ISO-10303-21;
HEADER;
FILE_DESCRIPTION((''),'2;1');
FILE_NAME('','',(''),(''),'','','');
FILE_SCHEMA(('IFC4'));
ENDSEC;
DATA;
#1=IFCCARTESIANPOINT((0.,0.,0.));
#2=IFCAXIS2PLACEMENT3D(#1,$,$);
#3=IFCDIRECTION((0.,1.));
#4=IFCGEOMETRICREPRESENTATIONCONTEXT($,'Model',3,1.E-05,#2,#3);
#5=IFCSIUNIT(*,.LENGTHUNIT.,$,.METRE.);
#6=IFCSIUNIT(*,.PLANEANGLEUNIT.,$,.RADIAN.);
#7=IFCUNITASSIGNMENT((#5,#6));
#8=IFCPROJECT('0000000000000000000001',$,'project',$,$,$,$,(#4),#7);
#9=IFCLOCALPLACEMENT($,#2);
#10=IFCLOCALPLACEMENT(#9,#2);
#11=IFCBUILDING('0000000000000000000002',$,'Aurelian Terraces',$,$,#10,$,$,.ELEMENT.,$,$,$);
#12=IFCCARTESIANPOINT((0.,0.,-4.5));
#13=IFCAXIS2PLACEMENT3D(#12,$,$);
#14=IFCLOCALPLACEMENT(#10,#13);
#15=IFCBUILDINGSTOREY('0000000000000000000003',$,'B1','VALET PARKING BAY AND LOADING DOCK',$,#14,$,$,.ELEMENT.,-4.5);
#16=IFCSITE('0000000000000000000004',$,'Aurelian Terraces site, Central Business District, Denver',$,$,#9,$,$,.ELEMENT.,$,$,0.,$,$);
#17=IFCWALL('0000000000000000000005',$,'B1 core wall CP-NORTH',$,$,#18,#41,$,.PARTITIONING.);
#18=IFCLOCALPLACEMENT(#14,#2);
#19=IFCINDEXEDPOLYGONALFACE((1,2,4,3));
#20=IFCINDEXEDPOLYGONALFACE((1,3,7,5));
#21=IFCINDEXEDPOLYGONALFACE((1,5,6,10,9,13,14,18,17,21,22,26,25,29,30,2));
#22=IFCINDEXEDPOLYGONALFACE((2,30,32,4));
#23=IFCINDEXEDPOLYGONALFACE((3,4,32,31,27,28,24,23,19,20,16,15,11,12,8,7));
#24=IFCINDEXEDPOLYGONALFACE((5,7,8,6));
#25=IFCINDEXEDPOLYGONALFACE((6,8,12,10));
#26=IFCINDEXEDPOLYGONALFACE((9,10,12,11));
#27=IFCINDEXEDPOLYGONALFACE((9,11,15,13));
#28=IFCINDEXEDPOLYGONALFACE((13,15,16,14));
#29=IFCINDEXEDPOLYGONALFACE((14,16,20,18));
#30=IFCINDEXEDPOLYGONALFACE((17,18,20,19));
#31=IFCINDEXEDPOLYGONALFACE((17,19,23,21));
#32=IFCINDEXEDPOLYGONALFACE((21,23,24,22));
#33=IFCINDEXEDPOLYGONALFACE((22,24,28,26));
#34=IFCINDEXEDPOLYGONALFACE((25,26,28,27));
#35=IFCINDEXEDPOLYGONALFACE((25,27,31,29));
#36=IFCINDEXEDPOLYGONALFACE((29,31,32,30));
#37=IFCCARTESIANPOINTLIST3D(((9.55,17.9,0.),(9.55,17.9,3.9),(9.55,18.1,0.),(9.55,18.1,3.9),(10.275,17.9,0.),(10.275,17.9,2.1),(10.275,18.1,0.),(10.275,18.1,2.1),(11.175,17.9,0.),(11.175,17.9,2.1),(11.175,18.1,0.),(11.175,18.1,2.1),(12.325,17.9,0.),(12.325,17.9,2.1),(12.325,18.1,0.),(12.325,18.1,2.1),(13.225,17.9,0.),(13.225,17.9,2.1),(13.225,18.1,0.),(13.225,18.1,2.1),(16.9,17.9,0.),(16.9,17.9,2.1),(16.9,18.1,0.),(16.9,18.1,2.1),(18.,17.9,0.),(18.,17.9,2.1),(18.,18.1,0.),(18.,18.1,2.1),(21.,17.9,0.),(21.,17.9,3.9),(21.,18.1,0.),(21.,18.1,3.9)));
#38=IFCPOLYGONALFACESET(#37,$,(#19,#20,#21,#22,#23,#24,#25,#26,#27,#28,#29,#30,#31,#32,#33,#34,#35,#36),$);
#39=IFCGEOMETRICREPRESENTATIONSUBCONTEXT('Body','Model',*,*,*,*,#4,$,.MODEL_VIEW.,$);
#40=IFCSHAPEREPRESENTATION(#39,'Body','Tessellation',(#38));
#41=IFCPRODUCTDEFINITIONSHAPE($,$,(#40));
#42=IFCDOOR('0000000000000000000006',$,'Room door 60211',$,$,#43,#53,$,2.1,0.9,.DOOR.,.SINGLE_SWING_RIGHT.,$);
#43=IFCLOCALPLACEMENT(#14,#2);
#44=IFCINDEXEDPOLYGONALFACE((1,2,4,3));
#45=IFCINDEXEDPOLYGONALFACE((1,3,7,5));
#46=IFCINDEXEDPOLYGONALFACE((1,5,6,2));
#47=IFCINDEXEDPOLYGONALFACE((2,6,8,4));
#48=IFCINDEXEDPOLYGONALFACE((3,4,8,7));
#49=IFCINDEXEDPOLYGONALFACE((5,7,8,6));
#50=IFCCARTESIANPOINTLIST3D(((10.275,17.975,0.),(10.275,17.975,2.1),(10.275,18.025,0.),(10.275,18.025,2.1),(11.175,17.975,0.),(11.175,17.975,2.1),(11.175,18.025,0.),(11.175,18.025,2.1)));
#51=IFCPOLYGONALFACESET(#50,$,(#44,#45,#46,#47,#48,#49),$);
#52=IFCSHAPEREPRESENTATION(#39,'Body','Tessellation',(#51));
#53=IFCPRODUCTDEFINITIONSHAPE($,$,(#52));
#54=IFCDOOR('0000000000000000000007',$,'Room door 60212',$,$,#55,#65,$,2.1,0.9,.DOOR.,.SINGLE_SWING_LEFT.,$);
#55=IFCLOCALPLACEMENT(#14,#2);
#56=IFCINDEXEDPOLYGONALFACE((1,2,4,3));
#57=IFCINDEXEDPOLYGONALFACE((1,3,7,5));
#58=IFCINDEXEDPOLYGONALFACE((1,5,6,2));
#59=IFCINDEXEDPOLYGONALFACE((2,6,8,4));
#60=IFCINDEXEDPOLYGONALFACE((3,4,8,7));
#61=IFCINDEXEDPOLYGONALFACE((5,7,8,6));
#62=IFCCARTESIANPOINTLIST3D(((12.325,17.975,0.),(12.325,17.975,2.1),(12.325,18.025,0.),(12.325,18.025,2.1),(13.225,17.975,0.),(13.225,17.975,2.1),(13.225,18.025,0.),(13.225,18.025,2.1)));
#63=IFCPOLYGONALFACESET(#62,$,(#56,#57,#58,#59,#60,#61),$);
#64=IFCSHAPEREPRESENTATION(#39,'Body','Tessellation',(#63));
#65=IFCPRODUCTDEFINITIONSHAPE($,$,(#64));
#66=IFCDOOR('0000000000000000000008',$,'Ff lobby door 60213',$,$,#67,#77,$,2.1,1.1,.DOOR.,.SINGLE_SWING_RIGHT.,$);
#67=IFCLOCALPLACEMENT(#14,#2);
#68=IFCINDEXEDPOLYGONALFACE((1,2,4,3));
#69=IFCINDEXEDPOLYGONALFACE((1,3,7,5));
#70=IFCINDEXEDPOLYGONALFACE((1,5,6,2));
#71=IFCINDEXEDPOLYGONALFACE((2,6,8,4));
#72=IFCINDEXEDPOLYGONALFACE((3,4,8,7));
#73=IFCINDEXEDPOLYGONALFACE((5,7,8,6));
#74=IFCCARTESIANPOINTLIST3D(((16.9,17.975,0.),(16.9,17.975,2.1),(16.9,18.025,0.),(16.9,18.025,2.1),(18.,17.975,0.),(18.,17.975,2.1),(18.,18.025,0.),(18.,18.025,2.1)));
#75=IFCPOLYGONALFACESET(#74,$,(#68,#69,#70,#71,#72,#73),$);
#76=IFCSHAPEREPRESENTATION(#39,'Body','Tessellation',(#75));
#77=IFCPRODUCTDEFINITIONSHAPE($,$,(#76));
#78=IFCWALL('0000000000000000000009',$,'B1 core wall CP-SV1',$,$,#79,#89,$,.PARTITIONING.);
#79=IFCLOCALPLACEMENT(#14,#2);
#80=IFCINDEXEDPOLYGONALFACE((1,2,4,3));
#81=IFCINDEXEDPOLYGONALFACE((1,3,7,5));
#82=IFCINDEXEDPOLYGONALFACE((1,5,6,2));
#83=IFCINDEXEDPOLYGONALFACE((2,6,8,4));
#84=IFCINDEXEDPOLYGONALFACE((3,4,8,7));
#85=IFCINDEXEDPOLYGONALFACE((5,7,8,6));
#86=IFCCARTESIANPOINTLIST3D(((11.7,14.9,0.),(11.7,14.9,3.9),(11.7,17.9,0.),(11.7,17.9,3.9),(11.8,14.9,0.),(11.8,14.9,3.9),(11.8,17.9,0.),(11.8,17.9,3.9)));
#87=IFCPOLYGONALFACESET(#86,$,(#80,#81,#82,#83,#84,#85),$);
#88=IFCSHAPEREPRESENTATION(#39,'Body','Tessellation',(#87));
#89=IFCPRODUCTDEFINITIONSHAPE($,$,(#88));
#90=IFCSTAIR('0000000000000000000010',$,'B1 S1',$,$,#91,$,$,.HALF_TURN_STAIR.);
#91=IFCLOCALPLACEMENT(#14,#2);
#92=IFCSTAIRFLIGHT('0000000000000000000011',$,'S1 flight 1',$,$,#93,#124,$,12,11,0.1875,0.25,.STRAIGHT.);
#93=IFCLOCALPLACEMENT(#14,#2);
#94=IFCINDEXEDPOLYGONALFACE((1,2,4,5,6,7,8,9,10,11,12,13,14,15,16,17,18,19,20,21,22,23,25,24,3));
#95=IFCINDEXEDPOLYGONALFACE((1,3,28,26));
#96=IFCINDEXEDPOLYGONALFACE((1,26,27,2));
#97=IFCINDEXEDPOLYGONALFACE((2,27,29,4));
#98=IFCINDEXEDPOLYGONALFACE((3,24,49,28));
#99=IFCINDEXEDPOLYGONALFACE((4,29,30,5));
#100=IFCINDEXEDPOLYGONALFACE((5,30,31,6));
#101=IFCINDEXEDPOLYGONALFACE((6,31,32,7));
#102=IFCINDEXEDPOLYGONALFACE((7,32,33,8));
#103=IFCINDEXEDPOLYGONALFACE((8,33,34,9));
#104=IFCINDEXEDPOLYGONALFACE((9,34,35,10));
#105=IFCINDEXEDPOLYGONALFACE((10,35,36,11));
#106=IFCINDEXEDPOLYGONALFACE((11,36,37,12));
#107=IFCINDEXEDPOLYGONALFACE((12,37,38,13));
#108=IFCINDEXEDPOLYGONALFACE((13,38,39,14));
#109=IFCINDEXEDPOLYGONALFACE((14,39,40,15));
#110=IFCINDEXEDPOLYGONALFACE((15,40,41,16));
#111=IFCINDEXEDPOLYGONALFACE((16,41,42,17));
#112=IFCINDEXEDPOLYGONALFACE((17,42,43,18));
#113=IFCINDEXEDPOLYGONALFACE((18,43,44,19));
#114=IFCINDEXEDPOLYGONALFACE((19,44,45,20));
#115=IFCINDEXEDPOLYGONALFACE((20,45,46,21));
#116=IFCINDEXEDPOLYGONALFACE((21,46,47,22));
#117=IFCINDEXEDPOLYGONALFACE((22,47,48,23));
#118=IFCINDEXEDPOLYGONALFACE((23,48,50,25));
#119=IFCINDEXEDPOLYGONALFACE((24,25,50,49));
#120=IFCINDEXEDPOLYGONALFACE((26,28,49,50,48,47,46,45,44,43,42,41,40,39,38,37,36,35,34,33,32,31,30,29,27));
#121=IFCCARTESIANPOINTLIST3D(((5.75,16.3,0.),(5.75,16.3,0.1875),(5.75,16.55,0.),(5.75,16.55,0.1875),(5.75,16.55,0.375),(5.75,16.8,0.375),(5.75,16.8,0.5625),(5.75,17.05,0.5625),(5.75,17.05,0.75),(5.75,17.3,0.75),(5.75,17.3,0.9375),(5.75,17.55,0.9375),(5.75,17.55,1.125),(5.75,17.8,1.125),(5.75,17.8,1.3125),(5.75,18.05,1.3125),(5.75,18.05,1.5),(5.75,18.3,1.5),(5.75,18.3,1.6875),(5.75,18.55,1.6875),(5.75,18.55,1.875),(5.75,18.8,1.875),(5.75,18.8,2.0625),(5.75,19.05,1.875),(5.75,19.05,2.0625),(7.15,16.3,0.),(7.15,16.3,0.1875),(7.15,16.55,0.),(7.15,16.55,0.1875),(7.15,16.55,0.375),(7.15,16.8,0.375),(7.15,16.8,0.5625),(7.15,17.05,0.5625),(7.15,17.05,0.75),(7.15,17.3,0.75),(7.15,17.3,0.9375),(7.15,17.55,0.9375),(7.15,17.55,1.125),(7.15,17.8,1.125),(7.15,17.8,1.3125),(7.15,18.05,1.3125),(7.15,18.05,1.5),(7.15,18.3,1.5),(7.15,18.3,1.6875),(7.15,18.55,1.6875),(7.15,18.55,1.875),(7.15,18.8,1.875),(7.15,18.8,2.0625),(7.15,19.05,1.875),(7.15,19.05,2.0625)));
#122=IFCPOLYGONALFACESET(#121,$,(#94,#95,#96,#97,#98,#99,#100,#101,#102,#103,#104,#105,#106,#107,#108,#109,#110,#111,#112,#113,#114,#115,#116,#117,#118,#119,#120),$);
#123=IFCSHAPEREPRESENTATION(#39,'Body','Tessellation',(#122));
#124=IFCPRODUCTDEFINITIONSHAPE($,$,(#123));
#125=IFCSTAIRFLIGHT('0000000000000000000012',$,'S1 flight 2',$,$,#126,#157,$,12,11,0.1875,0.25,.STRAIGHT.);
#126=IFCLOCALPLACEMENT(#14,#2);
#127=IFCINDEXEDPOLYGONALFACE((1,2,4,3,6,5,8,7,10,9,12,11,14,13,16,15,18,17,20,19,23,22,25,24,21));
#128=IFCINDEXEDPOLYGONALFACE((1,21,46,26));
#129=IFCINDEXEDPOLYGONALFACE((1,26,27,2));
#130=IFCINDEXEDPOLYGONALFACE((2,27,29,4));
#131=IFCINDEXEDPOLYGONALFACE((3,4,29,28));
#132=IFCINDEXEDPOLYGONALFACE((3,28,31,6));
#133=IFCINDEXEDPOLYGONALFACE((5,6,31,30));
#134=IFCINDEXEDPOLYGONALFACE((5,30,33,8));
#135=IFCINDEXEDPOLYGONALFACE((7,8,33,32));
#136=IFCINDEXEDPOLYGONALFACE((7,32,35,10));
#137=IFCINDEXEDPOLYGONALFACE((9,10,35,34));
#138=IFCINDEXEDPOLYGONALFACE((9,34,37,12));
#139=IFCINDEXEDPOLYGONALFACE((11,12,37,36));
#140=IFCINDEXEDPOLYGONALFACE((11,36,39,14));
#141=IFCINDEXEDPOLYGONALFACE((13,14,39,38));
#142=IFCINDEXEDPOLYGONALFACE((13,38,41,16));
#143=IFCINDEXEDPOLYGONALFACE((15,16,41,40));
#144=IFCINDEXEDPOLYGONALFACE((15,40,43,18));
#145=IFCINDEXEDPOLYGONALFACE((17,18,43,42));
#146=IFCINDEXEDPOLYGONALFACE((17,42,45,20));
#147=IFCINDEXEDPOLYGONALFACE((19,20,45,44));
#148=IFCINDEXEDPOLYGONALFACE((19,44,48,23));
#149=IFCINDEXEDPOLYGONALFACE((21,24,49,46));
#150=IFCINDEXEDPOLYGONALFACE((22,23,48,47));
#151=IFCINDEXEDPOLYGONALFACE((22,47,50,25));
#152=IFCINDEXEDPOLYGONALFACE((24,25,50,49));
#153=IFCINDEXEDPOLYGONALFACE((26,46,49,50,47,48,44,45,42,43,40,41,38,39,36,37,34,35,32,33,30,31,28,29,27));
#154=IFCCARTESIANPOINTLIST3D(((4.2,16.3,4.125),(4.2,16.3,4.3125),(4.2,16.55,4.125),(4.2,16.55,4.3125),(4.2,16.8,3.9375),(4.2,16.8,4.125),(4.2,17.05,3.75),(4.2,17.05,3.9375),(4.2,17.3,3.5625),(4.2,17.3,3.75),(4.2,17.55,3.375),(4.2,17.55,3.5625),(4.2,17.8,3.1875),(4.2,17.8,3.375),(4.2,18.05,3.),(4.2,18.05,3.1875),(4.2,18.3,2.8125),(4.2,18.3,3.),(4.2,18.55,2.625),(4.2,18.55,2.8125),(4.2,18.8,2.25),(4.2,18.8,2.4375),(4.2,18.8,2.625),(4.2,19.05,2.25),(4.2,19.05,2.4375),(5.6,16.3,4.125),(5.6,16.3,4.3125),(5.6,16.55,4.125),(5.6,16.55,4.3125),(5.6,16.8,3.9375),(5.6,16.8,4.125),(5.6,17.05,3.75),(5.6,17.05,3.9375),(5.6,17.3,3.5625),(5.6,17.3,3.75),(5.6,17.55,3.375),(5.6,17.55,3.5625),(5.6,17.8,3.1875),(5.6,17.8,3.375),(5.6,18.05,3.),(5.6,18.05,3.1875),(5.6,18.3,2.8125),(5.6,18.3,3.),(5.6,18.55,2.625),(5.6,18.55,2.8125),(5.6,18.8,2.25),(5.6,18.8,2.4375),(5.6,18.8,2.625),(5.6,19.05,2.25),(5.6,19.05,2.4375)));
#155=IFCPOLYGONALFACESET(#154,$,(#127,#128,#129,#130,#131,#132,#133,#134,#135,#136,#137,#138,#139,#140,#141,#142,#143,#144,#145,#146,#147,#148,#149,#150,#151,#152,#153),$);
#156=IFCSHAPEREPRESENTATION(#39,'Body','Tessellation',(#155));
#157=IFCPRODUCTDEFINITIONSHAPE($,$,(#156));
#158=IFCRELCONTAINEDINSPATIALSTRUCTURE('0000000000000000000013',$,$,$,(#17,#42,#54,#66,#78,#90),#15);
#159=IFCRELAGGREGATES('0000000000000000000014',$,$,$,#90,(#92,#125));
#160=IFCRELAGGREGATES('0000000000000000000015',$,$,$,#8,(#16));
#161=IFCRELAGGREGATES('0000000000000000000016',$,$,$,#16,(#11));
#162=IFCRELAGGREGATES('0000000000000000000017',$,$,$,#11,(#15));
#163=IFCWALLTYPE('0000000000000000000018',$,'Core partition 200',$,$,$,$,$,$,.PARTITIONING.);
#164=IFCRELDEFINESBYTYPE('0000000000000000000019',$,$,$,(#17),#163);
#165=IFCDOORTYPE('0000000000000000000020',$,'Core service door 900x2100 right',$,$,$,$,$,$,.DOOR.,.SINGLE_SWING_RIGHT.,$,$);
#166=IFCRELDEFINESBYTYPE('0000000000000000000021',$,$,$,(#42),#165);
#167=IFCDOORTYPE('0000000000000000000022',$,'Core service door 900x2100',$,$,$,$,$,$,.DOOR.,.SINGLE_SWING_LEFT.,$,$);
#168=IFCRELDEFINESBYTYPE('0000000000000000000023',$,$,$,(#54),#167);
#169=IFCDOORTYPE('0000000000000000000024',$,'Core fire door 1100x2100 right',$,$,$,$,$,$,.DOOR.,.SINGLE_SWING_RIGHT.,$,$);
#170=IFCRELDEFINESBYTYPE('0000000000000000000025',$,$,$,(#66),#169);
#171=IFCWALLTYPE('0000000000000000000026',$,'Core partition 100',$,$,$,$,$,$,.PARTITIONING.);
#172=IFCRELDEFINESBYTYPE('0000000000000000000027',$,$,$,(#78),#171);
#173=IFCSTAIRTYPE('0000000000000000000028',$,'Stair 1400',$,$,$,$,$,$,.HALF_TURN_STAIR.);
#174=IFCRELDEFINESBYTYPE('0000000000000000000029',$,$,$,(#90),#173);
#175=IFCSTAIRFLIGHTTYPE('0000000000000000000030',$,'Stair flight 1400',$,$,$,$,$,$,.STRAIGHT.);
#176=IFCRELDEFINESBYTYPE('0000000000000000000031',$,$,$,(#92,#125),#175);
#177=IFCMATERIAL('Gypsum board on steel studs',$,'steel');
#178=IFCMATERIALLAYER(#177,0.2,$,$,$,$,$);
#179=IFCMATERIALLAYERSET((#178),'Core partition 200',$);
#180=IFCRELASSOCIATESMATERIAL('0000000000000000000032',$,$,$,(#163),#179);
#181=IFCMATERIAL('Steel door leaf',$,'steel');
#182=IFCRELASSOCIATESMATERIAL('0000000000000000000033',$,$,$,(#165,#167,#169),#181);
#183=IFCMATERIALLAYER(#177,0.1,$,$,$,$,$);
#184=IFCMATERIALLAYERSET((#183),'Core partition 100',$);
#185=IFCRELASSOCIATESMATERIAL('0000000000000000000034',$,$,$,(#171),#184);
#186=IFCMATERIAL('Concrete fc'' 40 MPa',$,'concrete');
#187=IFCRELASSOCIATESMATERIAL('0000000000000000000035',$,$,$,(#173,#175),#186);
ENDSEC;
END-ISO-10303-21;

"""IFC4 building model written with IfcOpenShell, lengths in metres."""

from ifc_helpers import new_model, si_unit, direction, frame, frame_2d, origin, place, context, subcontext, project, spatial, polyline, rectangle, outline, extrude, source, transform, mapped, material, layer, layer_set, type_object, element, fill, aggregate, save


model = new_model("IFC4")

# Units and contexts
model_context = context("Model", 3, precision=1e-05, world=origin(), true_north=direction((0.0, 1.0)))
body_context = subcontext(model_context, "Body", "Model", "MODEL_VIEW")
ifc_project = project(units=[si_unit("LENGTHUNIT", "METRE"), si_unit("PLANEANGLEUNIT", "RADIAN")], contexts=[model_context])

# Site, building, storey
site_placement = place(None, origin())
site = spatial("IfcSite", under=ifc_project, at=site_placement, Name="Aurelian Terraces site, Central Business District, Denver", CompositionType="ELEMENT", RefElevation=0.0)
building_placement = place(site_placement, origin())
building = spatial("IfcBuilding", under=site, at=building_placement, Name="Aurelian Terraces", CompositionType="ELEMENT")
storey_placement = place(building_placement, frame((0.0, 0.0, -4.5)))
storey = spatial("IfcBuildingStorey", under=building, at=storey_placement, Name="B1", Description="VALET PARKING BAY AND LOADING DOCK", CompositionType="ELEMENT", Elevation=-4.5)

# Shared definitions
ifc_material_1 = material(Name="Steel door leaf", Category="steel")

# Shared definitions
ifc_material_2 = material(Name="Concrete fc' 40 MPa", Category="concrete")

# Shared definitions
shared_shape_1 = source(origin(), body_context, "Body", "SweptSolid", [
    extrude(rectangle(XDim=1.1, YDim=2.1, at=frame_2d((0.55, 1.05))), frame((0.0, 0.11, 0.0), z_axis=(0.0, -1.0, 0.0), x_axis=(1.0, 0.0, 0.0)), (0.0, 0.0, 1.0), 0.22),
])
shared_shape_2 = source(origin(), body_context, "Body", "SweptSolid", [
    extrude(rectangle(XDim=1.1, YDim=2.1, at=frame_2d((0.55, 1.05))), frame((0.0, 0.025, 0.0), z_axis=(0.0, -1.0, 0.0), x_axis=(1.0, 0.0, 0.0)), (0.0, 0.0, 1.0), 0.05),
])

# Shared definitions
ifc_material_3 = material(Name="Gypsum board on steel studs", Category="steel")
ifc_layer_1 = layer(ifc_material_3, 0.2)
ifc_layer_set_1 = layer_set([ifc_layer_1], Name="Core partition 200")
wall_type_1 = type_object("IfcWallType", Name="Core partition 200", PredefinedType="PARTITIONING", material=ifc_layer_set_1)

# Wall, openings, doors
shared_shape_3 = source(origin(), body_context, "Body", "SweptSolid", [
    extrude(rectangle(XDim=11.45, YDim=0.2, at=frame_2d((5.725, 0.0))), origin(), (0.0, 0.0, 1.0), 3.9),
])
wall_1_placement = place(storey_placement, frame((9.55, 18.0, 0.0), z_axis=(0.0, 0.0, 1.0), x_axis=(1.0, 0.0, 0.0)))
wall_1 = element("IfcWall", 1, at=wall_1_placement, inside=storey, type_object=wall_type_1, Name="B1 core wall CP-NORTH", PredefinedType="PARTITIONING", context=body_context, shape_type="MappedRepresentation", body=[
    mapped(shared_shape_3, transform((0.0, 0.0, 0.0), scale=1.0)),
])
shared_shape_4 = source(origin(), body_context, "Body", "SweptSolid", [
    extrude(rectangle(XDim=0.9, YDim=2.1, at=frame_2d((0.45, 1.05))), frame((0.0, 0.11, 0.0), z_axis=(0.0, -1.0, 0.0), x_axis=(1.0, 0.0, 0.0)), (0.0, 0.0, 1.0), 0.22),
])
opening_1_placement = place(wall_1_placement, frame((0.725, 0.0, 0.0)))
opening_1 = element("IfcOpeningElement", 2, at=opening_1_placement, cuts=wall_1, PredefinedType="OPENING", context=body_context, shape_type="MappedRepresentation", body=[
    mapped(shared_shape_4, transform((0.0, 0.0, 0.0), scale=1.0)),
])
opening_2_placement = place(wall_1_placement, frame((2.775, 0.0, 0.0)))
opening_2 = element("IfcOpeningElement", 3, at=opening_2_placement, cuts=wall_1, PredefinedType="OPENING", context=body_context, shape_type="MappedRepresentation", body=[
    mapped(shared_shape_4, transform((0.0, 0.0, 0.0), scale=1.0)),
])
opening_3_placement = place(wall_1_placement, frame((7.35, 0.0, 0.0)))
opening_3 = element("IfcOpeningElement", 4, at=opening_3_placement, cuts=wall_1, PredefinedType="OPENING", context=body_context, shape_type="MappedRepresentation", body=[
    mapped(shared_shape_1, transform((0.0, 0.0, 0.0), scale=1.0)),
])
door_type_1 = type_object("IfcDoorType", Name="Core service door 900x2100 right", OperationType="SINGLE_SWING_RIGHT", PredefinedType="DOOR", material=ifc_material_1)
shared_shape_5 = source(origin(), body_context, "Body", "SweptSolid", [
    extrude(rectangle(XDim=0.9, YDim=2.1, at=frame_2d((0.45, 1.05))), frame((0.0, 0.025, 0.0), z_axis=(0.0, -1.0, 0.0), x_axis=(1.0, 0.0, 0.0)), (0.0, 0.0, 1.0), 0.05),
])
door_1_placement = place(opening_1_placement, origin())
door_1 = element("IfcDoor", 5, at=door_1_placement, inside=storey, type_object=door_type_1, Name="Room door 60211", OperationType="SINGLE_SWING_RIGHT", OverallHeight=2.1, OverallWidth=0.9, PredefinedType="DOOR", context=body_context, shape_type="MappedRepresentation", body=[
    mapped(shared_shape_5, transform((0.0, 0.0, 0.0), scale=1.0)),
])
fill(opening_1, door_1)
door_type_2 = type_object("IfcDoorType", Name="Core service door 900x2100", OperationType="SINGLE_SWING_LEFT", PredefinedType="DOOR", material=ifc_material_1)
door_2_placement = place(opening_2_placement, origin())
door_2 = element("IfcDoor", 6, at=door_2_placement, inside=storey, type_object=door_type_2, Name="Room door 60212", OperationType="SINGLE_SWING_LEFT", OverallHeight=2.1, OverallWidth=0.9, PredefinedType="DOOR", context=body_context, shape_type="MappedRepresentation", body=[
    mapped(shared_shape_5, transform((0.0, 0.0, 0.0), scale=1.0)),
])
fill(opening_2, door_2)
door_type_3 = type_object("IfcDoorType", Name="Core fire door 1100x2100 right", OperationType="SINGLE_SWING_RIGHT", PredefinedType="DOOR", material=ifc_material_1)
door_3_placement = place(opening_3_placement, origin())
door_3 = element("IfcDoor", 7, at=door_3_placement, inside=storey, type_object=door_type_3, Name="Ff lobby door 60213", OperationType="SINGLE_SWING_RIGHT", OverallHeight=2.1, OverallWidth=1.1, PredefinedType="DOOR", context=body_context, shape_type="MappedRepresentation", body=[
    mapped(shared_shape_2, transform((0.0, 0.0, 0.0), scale=1.0)),
])
fill(opening_3, door_3)

# Wall
ifc_layer_2 = layer(ifc_material_3, 0.1)
ifc_layer_set_2 = layer_set([ifc_layer_2], Name="Core partition 100")
wall_type_2 = type_object("IfcWallType", Name="Core partition 100", PredefinedType="PARTITIONING", material=ifc_layer_set_2)
shared_shape_6 = source(origin(), body_context, "Body", "SweptSolid", [
    extrude(rectangle(XDim=3.0, YDim=0.1, at=frame_2d((1.5, 0.0))), origin(), (0.0, 0.0, 1.0), 3.9),
])
wall_2_placement = place(storey_placement, frame((11.75, 14.9, 0.0), z_axis=(0.0, 0.0, 1.0), x_axis=(0.0, 1.0, 0.0)))
element("IfcWall", 8, at=wall_2_placement, inside=storey, type_object=wall_type_2, Name="B1 core wall CP-SV1", PredefinedType="PARTITIONING", context=body_context, shape_type="MappedRepresentation", body=[
    mapped(shared_shape_6, transform((0.0, 0.0, 0.0), scale=1.0)),
])

# Stair, stair flights
stair_type = type_object("IfcStairType", Name="Stair 1400", PredefinedType="HALF_TURN_STAIR", material=ifc_material_2)
stair_placement = place(storey_placement, origin())
stair = element("IfcStair", 9, at=stair_placement, inside=storey, type_object=stair_type, Name="B1 S1", PredefinedType="HALF_TURN_STAIR")
stair_flight_type = type_object("IfcStairFlightType", Name="Stair flight 1400", PredefinedType="STRAIGHT", material=ifc_material_2)
shared_shape_7 = source(origin(), body_context, "Body", "SweptSolid", [
    extrude(outline(polyline([(0.0, 0.0), (0.0, 0.1875), (0.25, 0.1875), (0.25, 0.375), (0.5, 0.375), (0.5, 0.5625), (0.75, 0.5625), (0.75, 0.75), (1.0, 0.75), (1.0, 0.9375), (1.25, 0.9375), (1.25, 1.125), (1.5, 1.125), (1.5, 1.3125), (1.75, 1.3125), (1.75, 1.5), (2.0, 1.5), (2.0, 1.6875), (2.25, 1.6875), (2.25, 1.875), (2.5, 1.875), (2.5, 2.0625), (2.75, 2.0625), (2.75, 2.25), (2.75, 1.875), (0.25, 0.0), (0.0, 0.0)])), frame((0.0, 0.7, 0.0), z_axis=(0.0, -1.0, 0.0), x_axis=(1.0, 0.0, 0.0)), (0.0, 0.0, 1.0), 1.4),
])
stair_flight_1_placement = place(storey_placement, frame((6.45, 16.3, 0.0), z_axis=(0.0, 0.0, 1.0), x_axis=(0.0, 1.0, 0.0)))
stair_flight_1 = element("IfcStairFlight", 10, at=stair_flight_1_placement, type_object=stair_flight_type, Name="S1 flight 1", NumberOfRisers=12, NumberOfTreads=11, PredefinedType="STRAIGHT", RiserHeight=0.1875, TreadLength=0.25, context=body_context, shape_type="MappedRepresentation", body=[
    mapped(shared_shape_7, transform((0.0, 0.0, 0.0), scale=1.0)),
])
stair_flight_2_placement = place(storey_placement, frame((4.9, 19.05, 2.25), z_axis=(0.0, 0.0, 1.0), x_axis=(0.0, -1.0, 0.0)))
stair_flight_2 = element("IfcStairFlight", 11, at=stair_flight_2_placement, type_object=stair_flight_type, Name="S1 flight 2", NumberOfRisers=12, NumberOfTreads=11, PredefinedType="STRAIGHT", RiserHeight=0.1875, TreadLength=0.25, context=body_context, shape_type="MappedRepresentation", body=[
    mapped(shared_shape_7, transform((0.0, 0.0, 0.0), scale=1.0)),
])
aggregate(stair, [stair_flight_1, stair_flight_2])

save(model, "model.ifc")
